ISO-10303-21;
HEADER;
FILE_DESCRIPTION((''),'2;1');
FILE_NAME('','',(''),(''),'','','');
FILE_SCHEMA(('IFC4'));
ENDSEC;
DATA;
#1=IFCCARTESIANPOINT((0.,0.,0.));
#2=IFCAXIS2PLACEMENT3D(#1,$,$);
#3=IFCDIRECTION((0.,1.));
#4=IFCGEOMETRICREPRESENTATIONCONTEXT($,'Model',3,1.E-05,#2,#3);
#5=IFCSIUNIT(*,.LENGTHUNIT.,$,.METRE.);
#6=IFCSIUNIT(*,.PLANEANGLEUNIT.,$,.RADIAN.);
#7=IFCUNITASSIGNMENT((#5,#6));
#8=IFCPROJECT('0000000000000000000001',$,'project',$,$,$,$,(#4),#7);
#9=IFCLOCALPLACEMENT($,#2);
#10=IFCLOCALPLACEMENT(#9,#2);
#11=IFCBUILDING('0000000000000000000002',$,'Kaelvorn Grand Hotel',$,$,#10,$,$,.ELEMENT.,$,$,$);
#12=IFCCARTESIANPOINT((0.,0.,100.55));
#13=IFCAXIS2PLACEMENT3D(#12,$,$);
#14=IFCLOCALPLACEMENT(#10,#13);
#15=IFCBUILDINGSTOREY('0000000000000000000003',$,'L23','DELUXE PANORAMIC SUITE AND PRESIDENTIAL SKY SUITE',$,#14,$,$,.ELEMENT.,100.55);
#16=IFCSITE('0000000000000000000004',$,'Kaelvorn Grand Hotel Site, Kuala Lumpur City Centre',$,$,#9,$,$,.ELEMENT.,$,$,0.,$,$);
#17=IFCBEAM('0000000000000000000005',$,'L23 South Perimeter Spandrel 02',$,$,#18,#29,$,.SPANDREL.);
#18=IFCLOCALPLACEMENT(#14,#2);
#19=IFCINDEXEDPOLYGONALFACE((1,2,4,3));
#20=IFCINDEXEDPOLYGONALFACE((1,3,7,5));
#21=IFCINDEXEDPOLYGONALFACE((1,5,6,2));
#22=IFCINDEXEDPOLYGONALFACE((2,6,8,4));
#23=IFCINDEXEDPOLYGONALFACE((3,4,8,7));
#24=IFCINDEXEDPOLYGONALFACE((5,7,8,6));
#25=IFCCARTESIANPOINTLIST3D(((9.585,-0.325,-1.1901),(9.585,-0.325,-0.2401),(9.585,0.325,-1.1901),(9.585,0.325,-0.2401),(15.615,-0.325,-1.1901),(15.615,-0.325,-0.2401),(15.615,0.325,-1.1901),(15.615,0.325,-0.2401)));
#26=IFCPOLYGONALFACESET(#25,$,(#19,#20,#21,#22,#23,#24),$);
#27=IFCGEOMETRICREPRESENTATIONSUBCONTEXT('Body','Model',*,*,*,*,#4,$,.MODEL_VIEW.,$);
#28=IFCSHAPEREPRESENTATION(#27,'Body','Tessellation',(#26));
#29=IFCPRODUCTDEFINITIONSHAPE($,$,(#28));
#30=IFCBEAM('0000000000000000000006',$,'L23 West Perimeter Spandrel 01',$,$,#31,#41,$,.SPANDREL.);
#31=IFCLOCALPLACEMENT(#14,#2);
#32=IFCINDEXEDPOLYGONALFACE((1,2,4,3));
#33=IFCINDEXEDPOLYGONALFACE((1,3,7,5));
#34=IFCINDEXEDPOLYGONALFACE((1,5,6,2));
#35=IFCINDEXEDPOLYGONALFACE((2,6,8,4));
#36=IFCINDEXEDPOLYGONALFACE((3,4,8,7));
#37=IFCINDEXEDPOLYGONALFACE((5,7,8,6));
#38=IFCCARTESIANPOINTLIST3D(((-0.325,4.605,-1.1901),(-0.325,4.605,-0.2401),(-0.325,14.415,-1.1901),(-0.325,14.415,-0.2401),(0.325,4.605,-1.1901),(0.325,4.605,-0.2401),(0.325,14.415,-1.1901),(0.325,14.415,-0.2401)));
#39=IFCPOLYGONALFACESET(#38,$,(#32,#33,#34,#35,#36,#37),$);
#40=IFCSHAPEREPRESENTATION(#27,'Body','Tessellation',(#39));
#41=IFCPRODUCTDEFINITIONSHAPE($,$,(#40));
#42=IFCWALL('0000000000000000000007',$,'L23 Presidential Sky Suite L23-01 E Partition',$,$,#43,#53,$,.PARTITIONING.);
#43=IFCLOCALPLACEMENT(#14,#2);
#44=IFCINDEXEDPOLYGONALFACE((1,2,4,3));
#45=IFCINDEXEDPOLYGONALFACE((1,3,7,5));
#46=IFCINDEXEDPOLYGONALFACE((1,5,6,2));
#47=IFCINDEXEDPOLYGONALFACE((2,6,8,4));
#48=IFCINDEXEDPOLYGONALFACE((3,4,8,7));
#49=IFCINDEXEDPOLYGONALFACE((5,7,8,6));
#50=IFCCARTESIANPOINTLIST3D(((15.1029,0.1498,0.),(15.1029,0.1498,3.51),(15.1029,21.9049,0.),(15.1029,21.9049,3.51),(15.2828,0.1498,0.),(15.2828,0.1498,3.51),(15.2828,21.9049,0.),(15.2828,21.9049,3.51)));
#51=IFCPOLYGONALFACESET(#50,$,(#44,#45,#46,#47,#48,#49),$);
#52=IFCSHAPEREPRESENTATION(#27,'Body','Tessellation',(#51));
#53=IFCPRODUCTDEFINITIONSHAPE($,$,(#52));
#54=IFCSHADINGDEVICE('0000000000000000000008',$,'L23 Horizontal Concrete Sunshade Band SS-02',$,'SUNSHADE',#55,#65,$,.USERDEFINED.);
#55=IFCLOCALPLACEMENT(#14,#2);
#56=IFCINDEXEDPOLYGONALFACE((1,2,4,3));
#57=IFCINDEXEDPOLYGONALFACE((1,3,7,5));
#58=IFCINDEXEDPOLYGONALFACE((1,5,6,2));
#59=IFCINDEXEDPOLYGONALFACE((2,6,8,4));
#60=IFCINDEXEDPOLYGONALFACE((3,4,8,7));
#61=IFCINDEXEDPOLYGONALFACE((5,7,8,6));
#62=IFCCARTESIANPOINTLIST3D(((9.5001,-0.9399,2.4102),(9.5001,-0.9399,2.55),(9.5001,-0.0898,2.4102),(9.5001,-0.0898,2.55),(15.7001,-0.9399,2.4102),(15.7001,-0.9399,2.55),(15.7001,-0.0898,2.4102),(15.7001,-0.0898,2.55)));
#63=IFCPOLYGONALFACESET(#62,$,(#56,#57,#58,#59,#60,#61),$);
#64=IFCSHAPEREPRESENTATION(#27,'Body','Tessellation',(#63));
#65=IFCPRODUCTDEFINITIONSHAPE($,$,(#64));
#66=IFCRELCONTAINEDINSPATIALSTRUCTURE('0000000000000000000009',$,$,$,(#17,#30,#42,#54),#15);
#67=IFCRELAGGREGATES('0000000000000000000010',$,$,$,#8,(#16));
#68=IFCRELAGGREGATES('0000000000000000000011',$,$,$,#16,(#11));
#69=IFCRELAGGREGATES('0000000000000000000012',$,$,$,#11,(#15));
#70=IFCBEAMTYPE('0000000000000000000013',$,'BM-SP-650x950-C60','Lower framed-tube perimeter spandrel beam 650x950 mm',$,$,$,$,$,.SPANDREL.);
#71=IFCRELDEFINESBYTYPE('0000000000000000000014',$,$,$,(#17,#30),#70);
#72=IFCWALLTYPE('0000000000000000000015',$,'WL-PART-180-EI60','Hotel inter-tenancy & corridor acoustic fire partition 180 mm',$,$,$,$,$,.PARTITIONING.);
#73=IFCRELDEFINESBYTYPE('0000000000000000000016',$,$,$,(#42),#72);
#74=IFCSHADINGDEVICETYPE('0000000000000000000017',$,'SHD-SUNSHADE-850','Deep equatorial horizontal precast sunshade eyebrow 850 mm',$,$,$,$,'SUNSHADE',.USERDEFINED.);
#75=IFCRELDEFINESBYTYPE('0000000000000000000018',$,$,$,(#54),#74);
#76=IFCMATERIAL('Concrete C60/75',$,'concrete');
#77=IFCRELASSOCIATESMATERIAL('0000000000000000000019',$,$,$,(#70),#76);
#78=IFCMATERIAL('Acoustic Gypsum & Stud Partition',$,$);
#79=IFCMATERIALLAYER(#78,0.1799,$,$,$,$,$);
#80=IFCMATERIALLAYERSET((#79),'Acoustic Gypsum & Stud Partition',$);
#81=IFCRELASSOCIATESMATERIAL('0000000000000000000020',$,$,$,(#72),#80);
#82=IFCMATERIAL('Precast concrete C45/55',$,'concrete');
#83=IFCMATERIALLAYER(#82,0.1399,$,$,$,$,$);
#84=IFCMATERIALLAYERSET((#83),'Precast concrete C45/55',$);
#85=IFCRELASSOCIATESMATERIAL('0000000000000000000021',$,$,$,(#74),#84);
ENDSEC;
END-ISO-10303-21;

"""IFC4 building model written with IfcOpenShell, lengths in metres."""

from ifc_helpers import new_model, si_unit, direction, frame, frame_2d, origin, origin_2d, place, context, subcontext, project, spatial, rectangle, extrude, material, layer, layer_set, material_profile, profile_set, type_object, element, save


model = new_model("IFC4")

# Units and contexts
model_context = context("Model", 3, precision=1e-05, world=origin(), true_north=direction((0.0, 1.0)))
body_context = subcontext(model_context, "Body", "Model", "MODEL_VIEW")
ifc_project = project(units=[si_unit("LENGTHUNIT", "METRE"), si_unit("PLANEANGLEUNIT", "RADIAN")], contexts=[model_context])

# Site, building, storey
site_placement = place(None, origin())
site = spatial("IfcSite", under=ifc_project, at=site_placement, Name="Kaelvorn Grand Hotel Site, Kuala Lumpur City Centre", CompositionType="ELEMENT", RefElevation=0.0)
building_placement = place(site_placement, origin())
building = spatial("IfcBuilding", under=site, at=building_placement, Name="Kaelvorn Grand Hotel", CompositionType="ELEMENT")
storey_placement = place(building_placement, frame((0.0, 0.0, 100.55)))
storey = spatial("IfcBuildingStorey", under=building, at=storey_placement, Name="L23", Description="DELUXE PANORAMIC SUITE AND PRESIDENTIAL SKY SUITE", CompositionType="ELEMENT", Elevation=100.55)

# Shared definitions
ifc_material_1 = material(Name="Concrete C60/75", Category="concrete")

# Beams
ifc_material_profile_1 = material_profile(ifc_material_1, rectangle(XDim=0.6499, YDim=0.95, at=origin_2d()), Name="RC SPANDREL 650x950")
ifc_profile_set_1 = profile_set([ifc_material_profile_1], Name="Concrete C60/75")
beam_type_1 = type_object("IfcBeamType", Name="BM-SP-650x950-C60", Description="Lower framed-tube perimeter spandrel beam 650x950 mm", PredefinedType="SPANDREL", material=ifc_profile_set_1)
beam_1_placement = place(storey_placement, frame((9.585, 0.0, -0.7151), z_axis=(1.0, 0.0, 0.0), x_axis=(0.0, 1.0, 0.0)))
element("IfcBeam", 1, at=beam_1_placement, inside=storey, type_object=beam_type_1, Name="L23 South Perimeter Spandrel 02", PredefinedType="SPANDREL", context=body_context, shape_type="SweptSolid", body=[
    extrude(rectangle(XDim=0.6499, YDim=0.95, at=origin_2d()), origin(), (0.0, 0.0, 1.0), 6.03),
])
beam_2_placement = place(storey_placement, frame((0.0, 4.605, -0.7151), z_axis=(0.0, 1.0, 0.0), x_axis=(-1.0, 0.0, 0.0)))
element("IfcBeam", 2, at=beam_2_placement, inside=storey, type_object=beam_type_1, Name="L23 West Perimeter Spandrel 01", PredefinedType="SPANDREL", context=body_context, shape_type="SweptSolid", body=[
    extrude(rectangle(XDim=0.6499, YDim=0.95, at=origin_2d()), origin(), (0.0, 0.0, 1.0), 9.8101),
])

# Wall
ifc_material_2 = material(Name="Acoustic Gypsum & Stud Partition")
ifc_layer_1 = layer(ifc_material_2, 0.1799)
ifc_layer_set_1 = layer_set([ifc_layer_1], Name="Acoustic Gypsum & Stud Partition")
wall_type_1 = type_object("IfcWallType", Name="WL-PART-180-EI60", Description="Hotel inter-tenancy & corridor acoustic fire partition 180 mm", PredefinedType="PARTITIONING", material=ifc_layer_set_1)
wall_1_placement = place(storey_placement, frame((15.1929, 0.1499, 0.0), z_axis=(0.0, 0.0, 1.0), x_axis=(0.0, 1.0, 0.0)))
element("IfcWall", 3, at=wall_1_placement, inside=storey, type_object=wall_type_1, Name="L23 Presidential Sky Suite L23-01 E Partition", PredefinedType="PARTITIONING", context=body_context, shape_type="SweptSolid", body=[
    extrude(rectangle(XDim=21.7551, YDim=0.1799, at=frame_2d((10.8774, 0.0))), origin(), (0.0, 0.0, 1.0), 3.51),
])

# Shading device
ifc_material_3 = material(Name="Precast concrete C45/55", Category="concrete")
ifc_layer_2 = layer(ifc_material_3, 0.1399)
ifc_layer_set_2 = layer_set([ifc_layer_2], Name="Precast concrete C45/55")
shading_device_type = type_object("IfcShadingDeviceType", Name="SHD-SUNSHADE-850", Description="Deep equatorial horizontal precast sunshade eyebrow 850 mm", ElementType="SUNSHADE", PredefinedType="USERDEFINED", material=ifc_layer_set_2)
shading_device_placement = place(storey_placement, frame((12.6001, -0.5149, 2.4102), z_axis=(0.0, 0.0, 1.0), x_axis=(1.0, 0.0, 0.0)))
element("IfcShadingDevice", 4, at=shading_device_placement, inside=storey, type_object=shading_device_type, Name="L23 Horizontal Concrete Sunshade Band SS-02", ObjectType="SUNSHADE", PredefinedType="USERDEFINED", context=body_context, shape_type="SweptSolid", body=[
    extrude(rectangle(XDim=6.2, YDim=0.8501, at=origin_2d()), origin(), (0.0, 0.0, 1.0), 0.1399),
])

save(model, "model.ifc")
